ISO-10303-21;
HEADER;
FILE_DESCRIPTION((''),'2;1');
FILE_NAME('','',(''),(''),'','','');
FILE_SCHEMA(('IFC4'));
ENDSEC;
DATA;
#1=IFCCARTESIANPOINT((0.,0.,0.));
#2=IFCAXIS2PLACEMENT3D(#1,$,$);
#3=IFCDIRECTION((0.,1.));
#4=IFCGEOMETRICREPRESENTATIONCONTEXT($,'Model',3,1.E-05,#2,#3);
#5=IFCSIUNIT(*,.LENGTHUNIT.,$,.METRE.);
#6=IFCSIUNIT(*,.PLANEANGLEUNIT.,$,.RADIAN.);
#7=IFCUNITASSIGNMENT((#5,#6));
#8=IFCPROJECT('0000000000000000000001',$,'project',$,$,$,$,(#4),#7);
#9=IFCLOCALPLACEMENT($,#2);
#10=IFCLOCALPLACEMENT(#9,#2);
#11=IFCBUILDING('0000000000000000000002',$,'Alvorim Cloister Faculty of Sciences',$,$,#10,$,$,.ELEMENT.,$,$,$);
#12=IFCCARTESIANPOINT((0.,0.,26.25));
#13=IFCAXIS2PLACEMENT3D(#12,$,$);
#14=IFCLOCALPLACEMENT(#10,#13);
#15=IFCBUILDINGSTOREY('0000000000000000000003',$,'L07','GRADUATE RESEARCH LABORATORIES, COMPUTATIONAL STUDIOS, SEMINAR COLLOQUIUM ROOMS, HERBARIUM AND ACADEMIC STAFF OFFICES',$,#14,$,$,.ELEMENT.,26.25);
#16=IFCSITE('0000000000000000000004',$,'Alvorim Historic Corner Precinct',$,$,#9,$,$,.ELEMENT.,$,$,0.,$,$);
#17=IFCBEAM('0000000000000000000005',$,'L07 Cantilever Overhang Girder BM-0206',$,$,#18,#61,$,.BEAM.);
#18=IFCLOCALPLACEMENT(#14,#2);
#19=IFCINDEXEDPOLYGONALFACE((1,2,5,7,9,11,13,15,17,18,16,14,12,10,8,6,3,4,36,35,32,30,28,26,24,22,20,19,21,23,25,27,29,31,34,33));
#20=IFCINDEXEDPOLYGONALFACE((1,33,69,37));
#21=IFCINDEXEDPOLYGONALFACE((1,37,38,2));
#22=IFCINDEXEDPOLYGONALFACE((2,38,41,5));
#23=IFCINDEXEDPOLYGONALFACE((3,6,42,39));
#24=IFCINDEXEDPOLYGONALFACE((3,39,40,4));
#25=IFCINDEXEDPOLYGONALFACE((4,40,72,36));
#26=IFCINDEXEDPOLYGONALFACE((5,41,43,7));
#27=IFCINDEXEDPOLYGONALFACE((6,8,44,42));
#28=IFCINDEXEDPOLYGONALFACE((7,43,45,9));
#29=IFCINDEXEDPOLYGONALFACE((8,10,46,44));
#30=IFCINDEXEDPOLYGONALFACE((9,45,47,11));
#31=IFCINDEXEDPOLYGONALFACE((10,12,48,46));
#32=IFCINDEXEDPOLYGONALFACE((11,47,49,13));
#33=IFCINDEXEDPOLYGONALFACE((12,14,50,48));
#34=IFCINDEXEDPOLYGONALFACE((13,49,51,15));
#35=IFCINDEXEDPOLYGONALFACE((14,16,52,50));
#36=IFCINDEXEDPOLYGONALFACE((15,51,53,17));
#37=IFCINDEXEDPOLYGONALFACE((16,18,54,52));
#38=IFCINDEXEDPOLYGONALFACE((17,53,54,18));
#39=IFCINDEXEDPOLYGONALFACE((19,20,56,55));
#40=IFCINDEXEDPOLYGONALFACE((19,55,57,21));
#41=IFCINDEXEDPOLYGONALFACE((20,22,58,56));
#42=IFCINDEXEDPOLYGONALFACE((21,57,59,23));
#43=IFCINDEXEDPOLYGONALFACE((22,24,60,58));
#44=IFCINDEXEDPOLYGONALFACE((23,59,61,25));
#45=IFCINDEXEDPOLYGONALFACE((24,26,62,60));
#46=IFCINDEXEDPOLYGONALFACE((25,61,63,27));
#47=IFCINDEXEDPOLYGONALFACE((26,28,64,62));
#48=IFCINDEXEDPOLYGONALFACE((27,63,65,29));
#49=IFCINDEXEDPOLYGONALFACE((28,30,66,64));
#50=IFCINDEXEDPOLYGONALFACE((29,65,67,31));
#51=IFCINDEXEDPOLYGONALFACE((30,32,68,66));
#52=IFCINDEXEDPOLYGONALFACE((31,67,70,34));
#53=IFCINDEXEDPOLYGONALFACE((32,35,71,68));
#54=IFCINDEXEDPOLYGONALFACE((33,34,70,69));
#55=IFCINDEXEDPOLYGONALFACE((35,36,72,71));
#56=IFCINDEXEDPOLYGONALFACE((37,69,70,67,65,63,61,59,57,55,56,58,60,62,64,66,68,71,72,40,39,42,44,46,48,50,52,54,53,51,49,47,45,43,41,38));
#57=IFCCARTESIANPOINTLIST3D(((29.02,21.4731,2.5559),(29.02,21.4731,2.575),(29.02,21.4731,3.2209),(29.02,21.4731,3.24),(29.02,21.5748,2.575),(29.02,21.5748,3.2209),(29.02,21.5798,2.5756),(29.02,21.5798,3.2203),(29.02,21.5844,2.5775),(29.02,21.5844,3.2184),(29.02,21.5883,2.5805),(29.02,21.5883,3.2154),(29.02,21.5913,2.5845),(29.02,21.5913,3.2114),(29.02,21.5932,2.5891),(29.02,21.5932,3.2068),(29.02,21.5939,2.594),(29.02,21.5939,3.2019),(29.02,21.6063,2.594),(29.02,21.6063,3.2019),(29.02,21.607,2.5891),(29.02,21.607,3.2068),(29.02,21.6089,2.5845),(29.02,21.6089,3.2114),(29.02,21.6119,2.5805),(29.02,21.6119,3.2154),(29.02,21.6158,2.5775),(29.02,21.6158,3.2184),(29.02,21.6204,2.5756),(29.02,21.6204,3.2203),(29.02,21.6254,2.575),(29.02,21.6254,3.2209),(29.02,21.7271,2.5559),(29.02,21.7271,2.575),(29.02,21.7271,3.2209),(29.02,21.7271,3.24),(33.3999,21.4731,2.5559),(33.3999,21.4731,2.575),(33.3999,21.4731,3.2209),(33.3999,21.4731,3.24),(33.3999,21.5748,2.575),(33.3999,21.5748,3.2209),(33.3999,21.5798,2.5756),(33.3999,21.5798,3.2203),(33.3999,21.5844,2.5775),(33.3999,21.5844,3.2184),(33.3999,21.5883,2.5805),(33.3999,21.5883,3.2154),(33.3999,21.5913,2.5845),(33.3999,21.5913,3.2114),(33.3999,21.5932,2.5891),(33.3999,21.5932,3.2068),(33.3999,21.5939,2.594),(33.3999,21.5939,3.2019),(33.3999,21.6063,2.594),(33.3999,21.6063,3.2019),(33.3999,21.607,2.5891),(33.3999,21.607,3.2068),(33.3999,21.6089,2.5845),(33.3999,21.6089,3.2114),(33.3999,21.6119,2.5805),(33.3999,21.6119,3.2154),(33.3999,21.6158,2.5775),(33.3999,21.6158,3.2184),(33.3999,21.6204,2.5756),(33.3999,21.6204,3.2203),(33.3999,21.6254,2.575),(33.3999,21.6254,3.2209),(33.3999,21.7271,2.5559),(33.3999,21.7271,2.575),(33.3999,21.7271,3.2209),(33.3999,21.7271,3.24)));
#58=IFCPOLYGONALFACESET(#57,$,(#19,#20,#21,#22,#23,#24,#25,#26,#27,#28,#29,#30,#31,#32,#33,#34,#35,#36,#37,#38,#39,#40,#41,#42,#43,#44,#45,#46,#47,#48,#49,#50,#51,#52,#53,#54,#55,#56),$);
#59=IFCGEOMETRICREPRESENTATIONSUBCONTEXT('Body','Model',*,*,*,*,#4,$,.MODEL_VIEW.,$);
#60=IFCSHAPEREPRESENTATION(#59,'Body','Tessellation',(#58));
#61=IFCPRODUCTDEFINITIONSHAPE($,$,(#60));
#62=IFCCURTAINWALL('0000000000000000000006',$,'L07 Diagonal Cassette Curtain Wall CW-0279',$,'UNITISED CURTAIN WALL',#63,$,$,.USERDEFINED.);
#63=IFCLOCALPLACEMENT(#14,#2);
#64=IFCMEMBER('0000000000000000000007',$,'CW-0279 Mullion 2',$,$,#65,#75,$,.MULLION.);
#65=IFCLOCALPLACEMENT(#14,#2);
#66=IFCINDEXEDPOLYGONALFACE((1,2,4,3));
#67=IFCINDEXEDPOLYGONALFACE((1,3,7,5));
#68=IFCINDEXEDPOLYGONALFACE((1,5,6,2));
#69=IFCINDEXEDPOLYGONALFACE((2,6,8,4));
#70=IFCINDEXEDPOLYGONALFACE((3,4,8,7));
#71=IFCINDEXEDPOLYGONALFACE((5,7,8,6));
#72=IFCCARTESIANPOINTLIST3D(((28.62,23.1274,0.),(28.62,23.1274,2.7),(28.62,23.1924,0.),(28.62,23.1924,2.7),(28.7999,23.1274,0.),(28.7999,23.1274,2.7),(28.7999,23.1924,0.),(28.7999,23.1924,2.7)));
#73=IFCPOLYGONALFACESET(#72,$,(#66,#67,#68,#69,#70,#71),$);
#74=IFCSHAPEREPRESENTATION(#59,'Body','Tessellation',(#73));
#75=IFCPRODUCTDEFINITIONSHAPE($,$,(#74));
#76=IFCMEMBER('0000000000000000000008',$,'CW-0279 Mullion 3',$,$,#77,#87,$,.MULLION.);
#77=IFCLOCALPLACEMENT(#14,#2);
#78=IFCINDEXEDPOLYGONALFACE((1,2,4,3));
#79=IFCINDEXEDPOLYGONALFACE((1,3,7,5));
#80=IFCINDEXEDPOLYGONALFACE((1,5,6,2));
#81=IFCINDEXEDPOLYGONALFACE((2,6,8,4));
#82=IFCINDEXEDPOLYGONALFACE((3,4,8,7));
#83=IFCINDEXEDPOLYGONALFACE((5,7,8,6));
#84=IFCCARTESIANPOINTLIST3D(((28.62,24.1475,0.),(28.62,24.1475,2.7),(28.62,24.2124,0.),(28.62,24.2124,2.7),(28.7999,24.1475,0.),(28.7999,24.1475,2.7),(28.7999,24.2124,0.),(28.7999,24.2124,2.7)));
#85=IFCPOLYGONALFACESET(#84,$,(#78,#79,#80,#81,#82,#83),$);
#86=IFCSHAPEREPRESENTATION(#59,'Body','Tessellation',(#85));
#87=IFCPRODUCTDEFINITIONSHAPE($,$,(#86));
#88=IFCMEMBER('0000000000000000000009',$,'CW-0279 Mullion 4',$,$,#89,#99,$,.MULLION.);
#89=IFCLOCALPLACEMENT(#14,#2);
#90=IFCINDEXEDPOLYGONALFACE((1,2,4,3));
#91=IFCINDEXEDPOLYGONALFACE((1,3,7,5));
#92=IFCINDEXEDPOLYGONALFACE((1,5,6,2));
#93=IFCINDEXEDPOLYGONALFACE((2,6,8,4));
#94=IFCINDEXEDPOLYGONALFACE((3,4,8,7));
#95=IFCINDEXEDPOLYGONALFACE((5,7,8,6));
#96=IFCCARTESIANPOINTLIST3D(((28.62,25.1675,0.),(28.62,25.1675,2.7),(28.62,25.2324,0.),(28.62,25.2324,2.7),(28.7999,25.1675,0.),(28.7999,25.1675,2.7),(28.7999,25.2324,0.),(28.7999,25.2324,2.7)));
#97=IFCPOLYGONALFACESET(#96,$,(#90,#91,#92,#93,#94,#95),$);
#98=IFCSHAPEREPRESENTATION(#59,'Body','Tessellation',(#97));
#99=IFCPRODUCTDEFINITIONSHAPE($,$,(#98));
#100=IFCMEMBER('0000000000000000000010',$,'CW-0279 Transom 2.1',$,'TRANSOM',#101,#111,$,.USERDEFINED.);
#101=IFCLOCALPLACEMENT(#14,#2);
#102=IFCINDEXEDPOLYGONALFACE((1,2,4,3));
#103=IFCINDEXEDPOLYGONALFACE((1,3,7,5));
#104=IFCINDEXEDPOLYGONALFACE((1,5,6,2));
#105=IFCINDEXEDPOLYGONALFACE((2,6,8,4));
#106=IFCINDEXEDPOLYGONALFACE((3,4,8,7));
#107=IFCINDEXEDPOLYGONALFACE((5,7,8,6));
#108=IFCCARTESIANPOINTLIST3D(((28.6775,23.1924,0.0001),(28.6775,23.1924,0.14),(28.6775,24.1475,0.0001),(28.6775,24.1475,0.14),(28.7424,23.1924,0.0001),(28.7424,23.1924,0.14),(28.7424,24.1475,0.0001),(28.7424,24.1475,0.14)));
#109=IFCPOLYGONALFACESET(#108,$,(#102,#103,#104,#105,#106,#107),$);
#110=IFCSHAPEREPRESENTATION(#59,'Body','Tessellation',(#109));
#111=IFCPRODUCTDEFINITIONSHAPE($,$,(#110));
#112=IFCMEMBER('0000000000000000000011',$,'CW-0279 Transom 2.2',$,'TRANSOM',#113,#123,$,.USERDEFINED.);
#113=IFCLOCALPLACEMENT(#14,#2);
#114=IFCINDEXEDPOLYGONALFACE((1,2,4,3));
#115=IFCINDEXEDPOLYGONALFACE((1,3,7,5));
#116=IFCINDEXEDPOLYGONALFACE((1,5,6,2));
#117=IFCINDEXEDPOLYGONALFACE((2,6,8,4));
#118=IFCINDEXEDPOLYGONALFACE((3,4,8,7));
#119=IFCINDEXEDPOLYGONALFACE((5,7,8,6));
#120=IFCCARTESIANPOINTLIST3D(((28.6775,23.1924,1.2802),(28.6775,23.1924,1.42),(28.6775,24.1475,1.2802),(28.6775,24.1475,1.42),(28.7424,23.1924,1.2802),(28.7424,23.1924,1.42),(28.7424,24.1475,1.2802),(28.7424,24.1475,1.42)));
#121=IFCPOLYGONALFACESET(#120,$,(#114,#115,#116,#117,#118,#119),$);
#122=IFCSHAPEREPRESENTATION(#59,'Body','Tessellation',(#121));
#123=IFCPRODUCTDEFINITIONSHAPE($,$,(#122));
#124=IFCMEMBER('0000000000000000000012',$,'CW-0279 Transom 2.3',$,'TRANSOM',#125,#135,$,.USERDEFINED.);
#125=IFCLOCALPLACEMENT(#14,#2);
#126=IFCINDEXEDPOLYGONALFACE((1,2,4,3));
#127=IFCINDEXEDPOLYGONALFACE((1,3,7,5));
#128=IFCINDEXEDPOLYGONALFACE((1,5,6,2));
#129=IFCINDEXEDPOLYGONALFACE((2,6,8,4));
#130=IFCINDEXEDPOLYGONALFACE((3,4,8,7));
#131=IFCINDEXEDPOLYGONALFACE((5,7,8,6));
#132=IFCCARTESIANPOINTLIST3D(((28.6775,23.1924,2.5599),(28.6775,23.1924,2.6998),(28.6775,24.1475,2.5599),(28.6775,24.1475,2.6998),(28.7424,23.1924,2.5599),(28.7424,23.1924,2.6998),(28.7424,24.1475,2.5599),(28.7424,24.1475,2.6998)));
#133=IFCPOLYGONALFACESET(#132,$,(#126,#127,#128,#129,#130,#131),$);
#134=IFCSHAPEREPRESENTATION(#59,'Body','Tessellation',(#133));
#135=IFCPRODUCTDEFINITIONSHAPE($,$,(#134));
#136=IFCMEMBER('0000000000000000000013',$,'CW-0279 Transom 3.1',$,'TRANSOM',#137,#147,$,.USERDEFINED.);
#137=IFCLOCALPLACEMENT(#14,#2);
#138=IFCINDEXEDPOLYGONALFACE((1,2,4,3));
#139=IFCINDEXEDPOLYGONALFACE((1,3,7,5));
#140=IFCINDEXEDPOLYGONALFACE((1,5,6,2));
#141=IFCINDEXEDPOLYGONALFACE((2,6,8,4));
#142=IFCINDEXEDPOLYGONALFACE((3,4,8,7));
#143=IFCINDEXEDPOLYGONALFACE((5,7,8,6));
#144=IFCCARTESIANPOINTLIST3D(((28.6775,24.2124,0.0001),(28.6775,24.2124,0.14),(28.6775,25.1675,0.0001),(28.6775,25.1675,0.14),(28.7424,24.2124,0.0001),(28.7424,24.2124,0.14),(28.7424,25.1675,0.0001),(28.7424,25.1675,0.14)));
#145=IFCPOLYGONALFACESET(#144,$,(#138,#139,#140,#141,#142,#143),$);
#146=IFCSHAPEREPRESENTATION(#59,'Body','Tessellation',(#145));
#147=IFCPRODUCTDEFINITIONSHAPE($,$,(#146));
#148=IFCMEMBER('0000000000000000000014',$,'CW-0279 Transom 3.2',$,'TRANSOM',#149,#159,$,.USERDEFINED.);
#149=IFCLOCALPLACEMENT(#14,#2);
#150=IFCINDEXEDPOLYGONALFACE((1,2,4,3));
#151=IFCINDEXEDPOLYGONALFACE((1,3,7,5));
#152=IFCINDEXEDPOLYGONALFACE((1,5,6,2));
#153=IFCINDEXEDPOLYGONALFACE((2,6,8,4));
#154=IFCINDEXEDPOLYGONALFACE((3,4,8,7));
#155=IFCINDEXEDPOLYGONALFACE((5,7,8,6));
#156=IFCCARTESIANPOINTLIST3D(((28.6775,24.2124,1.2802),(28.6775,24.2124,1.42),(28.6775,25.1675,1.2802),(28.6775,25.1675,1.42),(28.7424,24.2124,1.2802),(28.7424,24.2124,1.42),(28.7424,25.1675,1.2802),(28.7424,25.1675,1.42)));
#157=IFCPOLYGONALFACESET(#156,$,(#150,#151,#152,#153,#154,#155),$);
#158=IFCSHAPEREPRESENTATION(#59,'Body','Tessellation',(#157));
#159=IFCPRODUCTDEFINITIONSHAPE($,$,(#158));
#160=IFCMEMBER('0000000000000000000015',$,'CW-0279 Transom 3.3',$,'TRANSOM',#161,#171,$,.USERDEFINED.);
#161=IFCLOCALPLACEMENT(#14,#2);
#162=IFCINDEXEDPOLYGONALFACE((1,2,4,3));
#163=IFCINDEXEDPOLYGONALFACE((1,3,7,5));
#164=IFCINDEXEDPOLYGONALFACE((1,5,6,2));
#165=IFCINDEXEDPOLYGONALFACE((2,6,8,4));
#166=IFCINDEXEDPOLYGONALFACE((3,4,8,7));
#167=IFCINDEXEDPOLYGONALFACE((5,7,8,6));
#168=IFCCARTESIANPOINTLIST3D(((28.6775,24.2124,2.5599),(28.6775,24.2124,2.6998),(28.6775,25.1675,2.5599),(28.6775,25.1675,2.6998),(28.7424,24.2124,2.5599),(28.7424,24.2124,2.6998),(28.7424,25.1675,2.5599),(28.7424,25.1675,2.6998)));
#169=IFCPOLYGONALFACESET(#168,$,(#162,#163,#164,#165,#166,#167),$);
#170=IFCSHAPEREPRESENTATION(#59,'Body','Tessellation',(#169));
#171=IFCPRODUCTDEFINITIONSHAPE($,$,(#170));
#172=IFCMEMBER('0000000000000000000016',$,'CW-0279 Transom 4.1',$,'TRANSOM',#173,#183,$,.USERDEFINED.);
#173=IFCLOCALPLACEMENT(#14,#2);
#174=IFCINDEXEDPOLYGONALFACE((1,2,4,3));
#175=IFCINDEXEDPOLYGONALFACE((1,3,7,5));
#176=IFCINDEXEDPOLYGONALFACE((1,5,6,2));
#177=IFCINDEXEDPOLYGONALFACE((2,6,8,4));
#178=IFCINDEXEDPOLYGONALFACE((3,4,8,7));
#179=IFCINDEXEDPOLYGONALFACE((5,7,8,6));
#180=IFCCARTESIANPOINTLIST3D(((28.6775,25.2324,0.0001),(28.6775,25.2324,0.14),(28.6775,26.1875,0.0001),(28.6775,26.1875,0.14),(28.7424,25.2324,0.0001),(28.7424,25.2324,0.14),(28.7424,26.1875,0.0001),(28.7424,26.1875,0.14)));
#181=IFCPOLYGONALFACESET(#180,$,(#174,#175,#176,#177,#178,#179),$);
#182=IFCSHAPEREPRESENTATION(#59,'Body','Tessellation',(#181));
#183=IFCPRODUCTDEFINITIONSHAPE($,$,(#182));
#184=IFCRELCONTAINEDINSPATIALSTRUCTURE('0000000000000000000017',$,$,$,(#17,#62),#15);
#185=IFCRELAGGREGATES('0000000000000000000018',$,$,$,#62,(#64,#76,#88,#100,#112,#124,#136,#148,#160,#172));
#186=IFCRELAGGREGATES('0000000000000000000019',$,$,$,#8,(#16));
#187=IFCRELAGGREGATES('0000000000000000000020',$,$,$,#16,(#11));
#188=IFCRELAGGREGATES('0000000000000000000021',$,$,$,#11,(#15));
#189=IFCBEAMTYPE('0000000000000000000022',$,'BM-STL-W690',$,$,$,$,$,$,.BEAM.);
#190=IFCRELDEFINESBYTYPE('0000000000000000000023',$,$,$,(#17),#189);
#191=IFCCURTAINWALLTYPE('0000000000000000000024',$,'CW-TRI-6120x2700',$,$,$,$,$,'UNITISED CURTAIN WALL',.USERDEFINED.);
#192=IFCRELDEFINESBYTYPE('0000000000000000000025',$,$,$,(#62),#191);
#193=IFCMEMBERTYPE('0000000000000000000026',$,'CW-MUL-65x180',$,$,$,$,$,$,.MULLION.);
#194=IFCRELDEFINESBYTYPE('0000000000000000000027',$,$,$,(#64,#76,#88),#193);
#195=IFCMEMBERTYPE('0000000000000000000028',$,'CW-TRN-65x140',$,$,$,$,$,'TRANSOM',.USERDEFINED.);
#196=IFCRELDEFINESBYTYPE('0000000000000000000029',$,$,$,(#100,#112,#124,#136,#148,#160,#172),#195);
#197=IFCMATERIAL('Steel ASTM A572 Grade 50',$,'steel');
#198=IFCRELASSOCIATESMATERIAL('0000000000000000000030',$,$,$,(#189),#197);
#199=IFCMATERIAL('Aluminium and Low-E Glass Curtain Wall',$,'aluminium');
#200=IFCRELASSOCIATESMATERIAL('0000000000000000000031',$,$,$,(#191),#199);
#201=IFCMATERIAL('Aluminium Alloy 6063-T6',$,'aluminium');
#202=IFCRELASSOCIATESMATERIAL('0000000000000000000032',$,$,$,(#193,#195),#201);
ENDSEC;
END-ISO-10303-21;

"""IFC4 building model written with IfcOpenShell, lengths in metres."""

from ifc_helpers import new_model, si_unit, direction, frame, origin, origin_2d, place, context, subcontext, project, spatial, rectangle, i_section, extrude, material, material_profile, profile_set, type_object, element, aggregate, save


model = new_model("IFC4")

# Units and contexts
model_context = context("Model", 3, precision=1e-05, world=origin(), true_north=direction((0.0, 1.0)))
body_context = subcontext(model_context, "Body", "Model", "MODEL_VIEW")
ifc_project = project(units=[si_unit("LENGTHUNIT", "METRE"), si_unit("PLANEANGLEUNIT", "RADIAN")], contexts=[model_context])

# Site, building, storey
site_placement = place(None, origin())
site = spatial("IfcSite", under=ifc_project, at=site_placement, Name="Alvorim Historic Corner Precinct", CompositionType="ELEMENT", RefElevation=0.0)
building_placement = place(site_placement, origin())
building = spatial("IfcBuilding", under=site, at=building_placement, Name="Alvorim Cloister Faculty of Sciences", CompositionType="ELEMENT")
storey_placement = place(building_placement, frame((0.0, 0.0, 26.25)))
storey = spatial("IfcBuildingStorey", under=building, at=storey_placement, Name="L07", Description="GRADUATE RESEARCH LABORATORIES, COMPUTATIONAL STUDIOS, SEMINAR COLLOQUIUM ROOMS, HERBARIUM AND ACADEMIC STAFF OFFICES", CompositionType="ELEMENT", Elevation=26.25)

# Beam
ifc_material_1 = material(Name="Steel ASTM A572 Grade 50", Category="steel")
ifc_material_profile_1 = material_profile(ifc_material_1, i_section(OverallWidth=0.2539, OverallDepth=0.6841, WebThickness=0.0125, FlangeThickness=0.019, FilletRadius=0.019, at=origin_2d()), Name="W690x140.0")
ifc_profile_set_1 = profile_set([ifc_material_profile_1], Name="Steel ASTM A572 Grade 50")
beam_type_1 = type_object("IfcBeamType", Name="BM-STL-W690", PredefinedType="BEAM", material=ifc_profile_set_1)
beam_1_placement = place(storey_placement, frame((29.02, 21.6001, 2.8979), z_axis=(1.0, 0.0, 0.0), x_axis=(0.0, 1.0, 0.0)))
element("IfcBeam", 1, at=beam_1_placement, inside=storey, type_object=beam_type_1, Name="L07 Cantilever Overhang Girder BM-0206", PredefinedType="BEAM", context=body_context, shape_type="SweptSolid", body=[
    extrude(i_section(OverallWidth=0.2539, OverallDepth=0.6841, WebThickness=0.0125, FlangeThickness=0.019, FilletRadius=0.019, at=origin_2d()), origin(), (0.0, 0.0, 1.0), 4.3799),
])

# Curtain wall, members
ifc_material_2 = material(Name="Aluminium and Low-E Glass Curtain Wall", Category="aluminium")
curtain_wall_type = type_object("IfcCurtainWallType", Name="CW-TRI-6120x2700", ElementType="UNITISED CURTAIN WALL", PredefinedType="USERDEFINED", material=ifc_material_2)
curtain_wall_1_placement = place(storey_placement, origin())
curtain_wall_1 = element("IfcCurtainWall", 2, at=curtain_wall_1_placement, inside=storey, type_object=curtain_wall_type, Name="L07 Diagonal Cassette Curtain Wall CW-0279", ObjectType="UNITISED CURTAIN WALL", PredefinedType="USERDEFINED")
ifc_material_3 = material(Name="Aluminium Alloy 6063-T6", Category="aluminium")
ifc_material_profile_2 = material_profile(ifc_material_3, rectangle(XDim=0.0649, YDim=0.1799, at=origin_2d()), Name="ALU-MUL-65x180")
ifc_profile_set_2 = profile_set([ifc_material_profile_2], Name="Aluminium Alloy 6063-T6")
member_type_1 = type_object("IfcMemberType", Name="CW-MUL-65x180", PredefinedType="MULLION", material=ifc_profile_set_2)
member_1_placement = place(storey_placement, frame((28.71, 23.1599, 0.0), z_axis=(0.0, 0.0, 1.0), x_axis=(0.0, 1.0, 0.0)))
member_1 = element("IfcMember", 3, at=member_1_placement, type_object=member_type_1, Name="CW-0279 Mullion 2", PredefinedType="MULLION", context=body_context, shape_type="SweptSolid", body=[
    extrude(rectangle(XDim=0.0649, YDim=0.1799, at=origin_2d()), origin(), (0.0, 0.0, 1.0), 2.7),
])
member_2_placement = place(storey_placement, frame((28.71, 24.1799, 0.0), z_axis=(0.0, 0.0, 1.0), x_axis=(0.0, 1.0, 0.0)))
member_2 = element("IfcMember", 4, at=member_2_placement, type_object=member_type_1, Name="CW-0279 Mullion 3", PredefinedType="MULLION", context=body_context, shape_type="SweptSolid", body=[
    extrude(rectangle(XDim=0.0649, YDim=0.1799, at=origin_2d()), origin(), (0.0, 0.0, 1.0), 2.7),
])
member_3_placement = place(storey_placement, frame((28.71, 25.2, 0.0), z_axis=(0.0, 0.0, 1.0), x_axis=(0.0, 1.0, 0.0)))
member_3 = element("IfcMember", 5, at=member_3_placement, type_object=member_type_1, Name="CW-0279 Mullion 4", PredefinedType="MULLION", context=body_context, shape_type="SweptSolid", body=[
    extrude(rectangle(XDim=0.0649, YDim=0.1799, at=origin_2d()), origin(), (0.0, 0.0, 1.0), 2.7),
])
ifc_material_profile_3 = material_profile(ifc_material_3, rectangle(XDim=0.0649, YDim=0.1399, at=origin_2d()), Name="ALU-TRN-65x140")
ifc_profile_set_3 = profile_set([ifc_material_profile_3], Name="Aluminium Alloy 6063-T6")
member_type_2 = type_object("IfcMemberType", Name="CW-TRN-65x140", ElementType="TRANSOM", PredefinedType="USERDEFINED", material=ifc_profile_set_3)
member_4_placement = place(storey_placement, frame((28.71, 23.1924, 0.0701), z_axis=(0.0, 1.0, 0.0), x_axis=(-1.0, 0.0, 0.0)))
member_4 = element("IfcMember", 6, at=member_4_placement, type_object=member_type_2, Name="CW-0279 Transom 2.1", ObjectType="TRANSOM", PredefinedType="USERDEFINED", context=body_context, shape_type="SweptSolid", body=[
    extrude(rectangle(XDim=0.0649, YDim=0.1399, at=origin_2d()), origin(), (0.0, 0.0, 1.0), 0.9551),
])
member_5_placement = place(storey_placement, frame((28.71, 23.1924, 1.3501), z_axis=(0.0, 1.0, 0.0), x_axis=(-1.0, 0.0, 0.0)))
member_5 = element("IfcMember", 7, at=member_5_placement, type_object=member_type_2, Name="CW-0279 Transom 2.2", ObjectType="TRANSOM", PredefinedType="USERDEFINED", context=body_context, shape_type="SweptSolid", body=[
    extrude(rectangle(XDim=0.0649, YDim=0.1399, at=origin_2d()), origin(), (0.0, 0.0, 1.0), 0.9551),
])
member_6_placement = place(storey_placement, frame((28.71, 23.1924, 2.6299), z_axis=(0.0, 1.0, 0.0), x_axis=(-1.0, 0.0, 0.0)))
member_6 = element("IfcMember", 8, at=member_6_placement, type_object=member_type_2, Name="CW-0279 Transom 2.3", ObjectType="TRANSOM", PredefinedType="USERDEFINED", context=body_context, shape_type="SweptSolid", body=[
    extrude(rectangle(XDim=0.0649, YDim=0.1399, at=origin_2d()), origin(), (0.0, 0.0, 1.0), 0.9551),
])
member_7_placement = place(storey_placement, frame((28.71, 24.2124, 0.0701), z_axis=(0.0, 1.0, 0.0), x_axis=(-1.0, 0.0, 0.0)))
member_7 = element("IfcMember", 9, at=member_7_placement, type_object=member_type_2, Name="CW-0279 Transom 3.1", ObjectType="TRANSOM", PredefinedType="USERDEFINED", context=body_context, shape_type="SweptSolid", body=[
    extrude(rectangle(XDim=0.0649, YDim=0.1399, at=origin_2d()), origin(), (0.0, 0.0, 1.0), 0.9551),
])
member_8_placement = place(storey_placement, frame((28.71, 24.2124, 1.3501), z_axis=(0.0, 1.0, 0.0), x_axis=(-1.0, 0.0, 0.0)))
member_8 = element("IfcMember", 10, at=member_8_placement, type_object=member_type_2, Name="CW-0279 Transom 3.2", ObjectType="TRANSOM", PredefinedType="USERDEFINED", context=body_context, shape_type="SweptSolid", body=[
    extrude(rectangle(XDim=0.0649, YDim=0.1399, at=origin_2d()), origin(), (0.0, 0.0, 1.0), 0.9551),
])
member_9_placement = place(storey_placement, frame((28.71, 24.2124, 2.6299), z_axis=(0.0, 1.0, 0.0), x_axis=(-1.0, 0.0, 0.0)))
member_9 = element("IfcMember", 11, at=member_9_placement, type_object=member_type_2, Name="CW-0279 Transom 3.3", ObjectType="TRANSOM", PredefinedType="USERDEFINED", context=body_context, shape_type="SweptSolid", body=[
    extrude(rectangle(XDim=0.0649, YDim=0.1399, at=origin_2d()), origin(), (0.0, 0.0, 1.0), 0.9551),
])
member_10_placement = place(storey_placement, frame((28.71, 25.2324, 0.0701), z_axis=(0.0, 1.0, 0.0), x_axis=(-1.0, 0.0, 0.0)))
member_10 = element("IfcMember", 12, at=member_10_placement, type_object=member_type_2, Name="CW-0279 Transom 4.1", ObjectType="TRANSOM", PredefinedType="USERDEFINED", context=body_context, shape_type="SweptSolid", body=[
    extrude(rectangle(XDim=0.0649, YDim=0.1399, at=origin_2d()), origin(), (0.0, 0.0, 1.0), 0.9551),
])

aggregate(curtain_wall_1, [member_1, member_2, member_3, member_4, member_5, member_6, member_7, member_8, member_9, member_10])

save(model, "model.ifc")
